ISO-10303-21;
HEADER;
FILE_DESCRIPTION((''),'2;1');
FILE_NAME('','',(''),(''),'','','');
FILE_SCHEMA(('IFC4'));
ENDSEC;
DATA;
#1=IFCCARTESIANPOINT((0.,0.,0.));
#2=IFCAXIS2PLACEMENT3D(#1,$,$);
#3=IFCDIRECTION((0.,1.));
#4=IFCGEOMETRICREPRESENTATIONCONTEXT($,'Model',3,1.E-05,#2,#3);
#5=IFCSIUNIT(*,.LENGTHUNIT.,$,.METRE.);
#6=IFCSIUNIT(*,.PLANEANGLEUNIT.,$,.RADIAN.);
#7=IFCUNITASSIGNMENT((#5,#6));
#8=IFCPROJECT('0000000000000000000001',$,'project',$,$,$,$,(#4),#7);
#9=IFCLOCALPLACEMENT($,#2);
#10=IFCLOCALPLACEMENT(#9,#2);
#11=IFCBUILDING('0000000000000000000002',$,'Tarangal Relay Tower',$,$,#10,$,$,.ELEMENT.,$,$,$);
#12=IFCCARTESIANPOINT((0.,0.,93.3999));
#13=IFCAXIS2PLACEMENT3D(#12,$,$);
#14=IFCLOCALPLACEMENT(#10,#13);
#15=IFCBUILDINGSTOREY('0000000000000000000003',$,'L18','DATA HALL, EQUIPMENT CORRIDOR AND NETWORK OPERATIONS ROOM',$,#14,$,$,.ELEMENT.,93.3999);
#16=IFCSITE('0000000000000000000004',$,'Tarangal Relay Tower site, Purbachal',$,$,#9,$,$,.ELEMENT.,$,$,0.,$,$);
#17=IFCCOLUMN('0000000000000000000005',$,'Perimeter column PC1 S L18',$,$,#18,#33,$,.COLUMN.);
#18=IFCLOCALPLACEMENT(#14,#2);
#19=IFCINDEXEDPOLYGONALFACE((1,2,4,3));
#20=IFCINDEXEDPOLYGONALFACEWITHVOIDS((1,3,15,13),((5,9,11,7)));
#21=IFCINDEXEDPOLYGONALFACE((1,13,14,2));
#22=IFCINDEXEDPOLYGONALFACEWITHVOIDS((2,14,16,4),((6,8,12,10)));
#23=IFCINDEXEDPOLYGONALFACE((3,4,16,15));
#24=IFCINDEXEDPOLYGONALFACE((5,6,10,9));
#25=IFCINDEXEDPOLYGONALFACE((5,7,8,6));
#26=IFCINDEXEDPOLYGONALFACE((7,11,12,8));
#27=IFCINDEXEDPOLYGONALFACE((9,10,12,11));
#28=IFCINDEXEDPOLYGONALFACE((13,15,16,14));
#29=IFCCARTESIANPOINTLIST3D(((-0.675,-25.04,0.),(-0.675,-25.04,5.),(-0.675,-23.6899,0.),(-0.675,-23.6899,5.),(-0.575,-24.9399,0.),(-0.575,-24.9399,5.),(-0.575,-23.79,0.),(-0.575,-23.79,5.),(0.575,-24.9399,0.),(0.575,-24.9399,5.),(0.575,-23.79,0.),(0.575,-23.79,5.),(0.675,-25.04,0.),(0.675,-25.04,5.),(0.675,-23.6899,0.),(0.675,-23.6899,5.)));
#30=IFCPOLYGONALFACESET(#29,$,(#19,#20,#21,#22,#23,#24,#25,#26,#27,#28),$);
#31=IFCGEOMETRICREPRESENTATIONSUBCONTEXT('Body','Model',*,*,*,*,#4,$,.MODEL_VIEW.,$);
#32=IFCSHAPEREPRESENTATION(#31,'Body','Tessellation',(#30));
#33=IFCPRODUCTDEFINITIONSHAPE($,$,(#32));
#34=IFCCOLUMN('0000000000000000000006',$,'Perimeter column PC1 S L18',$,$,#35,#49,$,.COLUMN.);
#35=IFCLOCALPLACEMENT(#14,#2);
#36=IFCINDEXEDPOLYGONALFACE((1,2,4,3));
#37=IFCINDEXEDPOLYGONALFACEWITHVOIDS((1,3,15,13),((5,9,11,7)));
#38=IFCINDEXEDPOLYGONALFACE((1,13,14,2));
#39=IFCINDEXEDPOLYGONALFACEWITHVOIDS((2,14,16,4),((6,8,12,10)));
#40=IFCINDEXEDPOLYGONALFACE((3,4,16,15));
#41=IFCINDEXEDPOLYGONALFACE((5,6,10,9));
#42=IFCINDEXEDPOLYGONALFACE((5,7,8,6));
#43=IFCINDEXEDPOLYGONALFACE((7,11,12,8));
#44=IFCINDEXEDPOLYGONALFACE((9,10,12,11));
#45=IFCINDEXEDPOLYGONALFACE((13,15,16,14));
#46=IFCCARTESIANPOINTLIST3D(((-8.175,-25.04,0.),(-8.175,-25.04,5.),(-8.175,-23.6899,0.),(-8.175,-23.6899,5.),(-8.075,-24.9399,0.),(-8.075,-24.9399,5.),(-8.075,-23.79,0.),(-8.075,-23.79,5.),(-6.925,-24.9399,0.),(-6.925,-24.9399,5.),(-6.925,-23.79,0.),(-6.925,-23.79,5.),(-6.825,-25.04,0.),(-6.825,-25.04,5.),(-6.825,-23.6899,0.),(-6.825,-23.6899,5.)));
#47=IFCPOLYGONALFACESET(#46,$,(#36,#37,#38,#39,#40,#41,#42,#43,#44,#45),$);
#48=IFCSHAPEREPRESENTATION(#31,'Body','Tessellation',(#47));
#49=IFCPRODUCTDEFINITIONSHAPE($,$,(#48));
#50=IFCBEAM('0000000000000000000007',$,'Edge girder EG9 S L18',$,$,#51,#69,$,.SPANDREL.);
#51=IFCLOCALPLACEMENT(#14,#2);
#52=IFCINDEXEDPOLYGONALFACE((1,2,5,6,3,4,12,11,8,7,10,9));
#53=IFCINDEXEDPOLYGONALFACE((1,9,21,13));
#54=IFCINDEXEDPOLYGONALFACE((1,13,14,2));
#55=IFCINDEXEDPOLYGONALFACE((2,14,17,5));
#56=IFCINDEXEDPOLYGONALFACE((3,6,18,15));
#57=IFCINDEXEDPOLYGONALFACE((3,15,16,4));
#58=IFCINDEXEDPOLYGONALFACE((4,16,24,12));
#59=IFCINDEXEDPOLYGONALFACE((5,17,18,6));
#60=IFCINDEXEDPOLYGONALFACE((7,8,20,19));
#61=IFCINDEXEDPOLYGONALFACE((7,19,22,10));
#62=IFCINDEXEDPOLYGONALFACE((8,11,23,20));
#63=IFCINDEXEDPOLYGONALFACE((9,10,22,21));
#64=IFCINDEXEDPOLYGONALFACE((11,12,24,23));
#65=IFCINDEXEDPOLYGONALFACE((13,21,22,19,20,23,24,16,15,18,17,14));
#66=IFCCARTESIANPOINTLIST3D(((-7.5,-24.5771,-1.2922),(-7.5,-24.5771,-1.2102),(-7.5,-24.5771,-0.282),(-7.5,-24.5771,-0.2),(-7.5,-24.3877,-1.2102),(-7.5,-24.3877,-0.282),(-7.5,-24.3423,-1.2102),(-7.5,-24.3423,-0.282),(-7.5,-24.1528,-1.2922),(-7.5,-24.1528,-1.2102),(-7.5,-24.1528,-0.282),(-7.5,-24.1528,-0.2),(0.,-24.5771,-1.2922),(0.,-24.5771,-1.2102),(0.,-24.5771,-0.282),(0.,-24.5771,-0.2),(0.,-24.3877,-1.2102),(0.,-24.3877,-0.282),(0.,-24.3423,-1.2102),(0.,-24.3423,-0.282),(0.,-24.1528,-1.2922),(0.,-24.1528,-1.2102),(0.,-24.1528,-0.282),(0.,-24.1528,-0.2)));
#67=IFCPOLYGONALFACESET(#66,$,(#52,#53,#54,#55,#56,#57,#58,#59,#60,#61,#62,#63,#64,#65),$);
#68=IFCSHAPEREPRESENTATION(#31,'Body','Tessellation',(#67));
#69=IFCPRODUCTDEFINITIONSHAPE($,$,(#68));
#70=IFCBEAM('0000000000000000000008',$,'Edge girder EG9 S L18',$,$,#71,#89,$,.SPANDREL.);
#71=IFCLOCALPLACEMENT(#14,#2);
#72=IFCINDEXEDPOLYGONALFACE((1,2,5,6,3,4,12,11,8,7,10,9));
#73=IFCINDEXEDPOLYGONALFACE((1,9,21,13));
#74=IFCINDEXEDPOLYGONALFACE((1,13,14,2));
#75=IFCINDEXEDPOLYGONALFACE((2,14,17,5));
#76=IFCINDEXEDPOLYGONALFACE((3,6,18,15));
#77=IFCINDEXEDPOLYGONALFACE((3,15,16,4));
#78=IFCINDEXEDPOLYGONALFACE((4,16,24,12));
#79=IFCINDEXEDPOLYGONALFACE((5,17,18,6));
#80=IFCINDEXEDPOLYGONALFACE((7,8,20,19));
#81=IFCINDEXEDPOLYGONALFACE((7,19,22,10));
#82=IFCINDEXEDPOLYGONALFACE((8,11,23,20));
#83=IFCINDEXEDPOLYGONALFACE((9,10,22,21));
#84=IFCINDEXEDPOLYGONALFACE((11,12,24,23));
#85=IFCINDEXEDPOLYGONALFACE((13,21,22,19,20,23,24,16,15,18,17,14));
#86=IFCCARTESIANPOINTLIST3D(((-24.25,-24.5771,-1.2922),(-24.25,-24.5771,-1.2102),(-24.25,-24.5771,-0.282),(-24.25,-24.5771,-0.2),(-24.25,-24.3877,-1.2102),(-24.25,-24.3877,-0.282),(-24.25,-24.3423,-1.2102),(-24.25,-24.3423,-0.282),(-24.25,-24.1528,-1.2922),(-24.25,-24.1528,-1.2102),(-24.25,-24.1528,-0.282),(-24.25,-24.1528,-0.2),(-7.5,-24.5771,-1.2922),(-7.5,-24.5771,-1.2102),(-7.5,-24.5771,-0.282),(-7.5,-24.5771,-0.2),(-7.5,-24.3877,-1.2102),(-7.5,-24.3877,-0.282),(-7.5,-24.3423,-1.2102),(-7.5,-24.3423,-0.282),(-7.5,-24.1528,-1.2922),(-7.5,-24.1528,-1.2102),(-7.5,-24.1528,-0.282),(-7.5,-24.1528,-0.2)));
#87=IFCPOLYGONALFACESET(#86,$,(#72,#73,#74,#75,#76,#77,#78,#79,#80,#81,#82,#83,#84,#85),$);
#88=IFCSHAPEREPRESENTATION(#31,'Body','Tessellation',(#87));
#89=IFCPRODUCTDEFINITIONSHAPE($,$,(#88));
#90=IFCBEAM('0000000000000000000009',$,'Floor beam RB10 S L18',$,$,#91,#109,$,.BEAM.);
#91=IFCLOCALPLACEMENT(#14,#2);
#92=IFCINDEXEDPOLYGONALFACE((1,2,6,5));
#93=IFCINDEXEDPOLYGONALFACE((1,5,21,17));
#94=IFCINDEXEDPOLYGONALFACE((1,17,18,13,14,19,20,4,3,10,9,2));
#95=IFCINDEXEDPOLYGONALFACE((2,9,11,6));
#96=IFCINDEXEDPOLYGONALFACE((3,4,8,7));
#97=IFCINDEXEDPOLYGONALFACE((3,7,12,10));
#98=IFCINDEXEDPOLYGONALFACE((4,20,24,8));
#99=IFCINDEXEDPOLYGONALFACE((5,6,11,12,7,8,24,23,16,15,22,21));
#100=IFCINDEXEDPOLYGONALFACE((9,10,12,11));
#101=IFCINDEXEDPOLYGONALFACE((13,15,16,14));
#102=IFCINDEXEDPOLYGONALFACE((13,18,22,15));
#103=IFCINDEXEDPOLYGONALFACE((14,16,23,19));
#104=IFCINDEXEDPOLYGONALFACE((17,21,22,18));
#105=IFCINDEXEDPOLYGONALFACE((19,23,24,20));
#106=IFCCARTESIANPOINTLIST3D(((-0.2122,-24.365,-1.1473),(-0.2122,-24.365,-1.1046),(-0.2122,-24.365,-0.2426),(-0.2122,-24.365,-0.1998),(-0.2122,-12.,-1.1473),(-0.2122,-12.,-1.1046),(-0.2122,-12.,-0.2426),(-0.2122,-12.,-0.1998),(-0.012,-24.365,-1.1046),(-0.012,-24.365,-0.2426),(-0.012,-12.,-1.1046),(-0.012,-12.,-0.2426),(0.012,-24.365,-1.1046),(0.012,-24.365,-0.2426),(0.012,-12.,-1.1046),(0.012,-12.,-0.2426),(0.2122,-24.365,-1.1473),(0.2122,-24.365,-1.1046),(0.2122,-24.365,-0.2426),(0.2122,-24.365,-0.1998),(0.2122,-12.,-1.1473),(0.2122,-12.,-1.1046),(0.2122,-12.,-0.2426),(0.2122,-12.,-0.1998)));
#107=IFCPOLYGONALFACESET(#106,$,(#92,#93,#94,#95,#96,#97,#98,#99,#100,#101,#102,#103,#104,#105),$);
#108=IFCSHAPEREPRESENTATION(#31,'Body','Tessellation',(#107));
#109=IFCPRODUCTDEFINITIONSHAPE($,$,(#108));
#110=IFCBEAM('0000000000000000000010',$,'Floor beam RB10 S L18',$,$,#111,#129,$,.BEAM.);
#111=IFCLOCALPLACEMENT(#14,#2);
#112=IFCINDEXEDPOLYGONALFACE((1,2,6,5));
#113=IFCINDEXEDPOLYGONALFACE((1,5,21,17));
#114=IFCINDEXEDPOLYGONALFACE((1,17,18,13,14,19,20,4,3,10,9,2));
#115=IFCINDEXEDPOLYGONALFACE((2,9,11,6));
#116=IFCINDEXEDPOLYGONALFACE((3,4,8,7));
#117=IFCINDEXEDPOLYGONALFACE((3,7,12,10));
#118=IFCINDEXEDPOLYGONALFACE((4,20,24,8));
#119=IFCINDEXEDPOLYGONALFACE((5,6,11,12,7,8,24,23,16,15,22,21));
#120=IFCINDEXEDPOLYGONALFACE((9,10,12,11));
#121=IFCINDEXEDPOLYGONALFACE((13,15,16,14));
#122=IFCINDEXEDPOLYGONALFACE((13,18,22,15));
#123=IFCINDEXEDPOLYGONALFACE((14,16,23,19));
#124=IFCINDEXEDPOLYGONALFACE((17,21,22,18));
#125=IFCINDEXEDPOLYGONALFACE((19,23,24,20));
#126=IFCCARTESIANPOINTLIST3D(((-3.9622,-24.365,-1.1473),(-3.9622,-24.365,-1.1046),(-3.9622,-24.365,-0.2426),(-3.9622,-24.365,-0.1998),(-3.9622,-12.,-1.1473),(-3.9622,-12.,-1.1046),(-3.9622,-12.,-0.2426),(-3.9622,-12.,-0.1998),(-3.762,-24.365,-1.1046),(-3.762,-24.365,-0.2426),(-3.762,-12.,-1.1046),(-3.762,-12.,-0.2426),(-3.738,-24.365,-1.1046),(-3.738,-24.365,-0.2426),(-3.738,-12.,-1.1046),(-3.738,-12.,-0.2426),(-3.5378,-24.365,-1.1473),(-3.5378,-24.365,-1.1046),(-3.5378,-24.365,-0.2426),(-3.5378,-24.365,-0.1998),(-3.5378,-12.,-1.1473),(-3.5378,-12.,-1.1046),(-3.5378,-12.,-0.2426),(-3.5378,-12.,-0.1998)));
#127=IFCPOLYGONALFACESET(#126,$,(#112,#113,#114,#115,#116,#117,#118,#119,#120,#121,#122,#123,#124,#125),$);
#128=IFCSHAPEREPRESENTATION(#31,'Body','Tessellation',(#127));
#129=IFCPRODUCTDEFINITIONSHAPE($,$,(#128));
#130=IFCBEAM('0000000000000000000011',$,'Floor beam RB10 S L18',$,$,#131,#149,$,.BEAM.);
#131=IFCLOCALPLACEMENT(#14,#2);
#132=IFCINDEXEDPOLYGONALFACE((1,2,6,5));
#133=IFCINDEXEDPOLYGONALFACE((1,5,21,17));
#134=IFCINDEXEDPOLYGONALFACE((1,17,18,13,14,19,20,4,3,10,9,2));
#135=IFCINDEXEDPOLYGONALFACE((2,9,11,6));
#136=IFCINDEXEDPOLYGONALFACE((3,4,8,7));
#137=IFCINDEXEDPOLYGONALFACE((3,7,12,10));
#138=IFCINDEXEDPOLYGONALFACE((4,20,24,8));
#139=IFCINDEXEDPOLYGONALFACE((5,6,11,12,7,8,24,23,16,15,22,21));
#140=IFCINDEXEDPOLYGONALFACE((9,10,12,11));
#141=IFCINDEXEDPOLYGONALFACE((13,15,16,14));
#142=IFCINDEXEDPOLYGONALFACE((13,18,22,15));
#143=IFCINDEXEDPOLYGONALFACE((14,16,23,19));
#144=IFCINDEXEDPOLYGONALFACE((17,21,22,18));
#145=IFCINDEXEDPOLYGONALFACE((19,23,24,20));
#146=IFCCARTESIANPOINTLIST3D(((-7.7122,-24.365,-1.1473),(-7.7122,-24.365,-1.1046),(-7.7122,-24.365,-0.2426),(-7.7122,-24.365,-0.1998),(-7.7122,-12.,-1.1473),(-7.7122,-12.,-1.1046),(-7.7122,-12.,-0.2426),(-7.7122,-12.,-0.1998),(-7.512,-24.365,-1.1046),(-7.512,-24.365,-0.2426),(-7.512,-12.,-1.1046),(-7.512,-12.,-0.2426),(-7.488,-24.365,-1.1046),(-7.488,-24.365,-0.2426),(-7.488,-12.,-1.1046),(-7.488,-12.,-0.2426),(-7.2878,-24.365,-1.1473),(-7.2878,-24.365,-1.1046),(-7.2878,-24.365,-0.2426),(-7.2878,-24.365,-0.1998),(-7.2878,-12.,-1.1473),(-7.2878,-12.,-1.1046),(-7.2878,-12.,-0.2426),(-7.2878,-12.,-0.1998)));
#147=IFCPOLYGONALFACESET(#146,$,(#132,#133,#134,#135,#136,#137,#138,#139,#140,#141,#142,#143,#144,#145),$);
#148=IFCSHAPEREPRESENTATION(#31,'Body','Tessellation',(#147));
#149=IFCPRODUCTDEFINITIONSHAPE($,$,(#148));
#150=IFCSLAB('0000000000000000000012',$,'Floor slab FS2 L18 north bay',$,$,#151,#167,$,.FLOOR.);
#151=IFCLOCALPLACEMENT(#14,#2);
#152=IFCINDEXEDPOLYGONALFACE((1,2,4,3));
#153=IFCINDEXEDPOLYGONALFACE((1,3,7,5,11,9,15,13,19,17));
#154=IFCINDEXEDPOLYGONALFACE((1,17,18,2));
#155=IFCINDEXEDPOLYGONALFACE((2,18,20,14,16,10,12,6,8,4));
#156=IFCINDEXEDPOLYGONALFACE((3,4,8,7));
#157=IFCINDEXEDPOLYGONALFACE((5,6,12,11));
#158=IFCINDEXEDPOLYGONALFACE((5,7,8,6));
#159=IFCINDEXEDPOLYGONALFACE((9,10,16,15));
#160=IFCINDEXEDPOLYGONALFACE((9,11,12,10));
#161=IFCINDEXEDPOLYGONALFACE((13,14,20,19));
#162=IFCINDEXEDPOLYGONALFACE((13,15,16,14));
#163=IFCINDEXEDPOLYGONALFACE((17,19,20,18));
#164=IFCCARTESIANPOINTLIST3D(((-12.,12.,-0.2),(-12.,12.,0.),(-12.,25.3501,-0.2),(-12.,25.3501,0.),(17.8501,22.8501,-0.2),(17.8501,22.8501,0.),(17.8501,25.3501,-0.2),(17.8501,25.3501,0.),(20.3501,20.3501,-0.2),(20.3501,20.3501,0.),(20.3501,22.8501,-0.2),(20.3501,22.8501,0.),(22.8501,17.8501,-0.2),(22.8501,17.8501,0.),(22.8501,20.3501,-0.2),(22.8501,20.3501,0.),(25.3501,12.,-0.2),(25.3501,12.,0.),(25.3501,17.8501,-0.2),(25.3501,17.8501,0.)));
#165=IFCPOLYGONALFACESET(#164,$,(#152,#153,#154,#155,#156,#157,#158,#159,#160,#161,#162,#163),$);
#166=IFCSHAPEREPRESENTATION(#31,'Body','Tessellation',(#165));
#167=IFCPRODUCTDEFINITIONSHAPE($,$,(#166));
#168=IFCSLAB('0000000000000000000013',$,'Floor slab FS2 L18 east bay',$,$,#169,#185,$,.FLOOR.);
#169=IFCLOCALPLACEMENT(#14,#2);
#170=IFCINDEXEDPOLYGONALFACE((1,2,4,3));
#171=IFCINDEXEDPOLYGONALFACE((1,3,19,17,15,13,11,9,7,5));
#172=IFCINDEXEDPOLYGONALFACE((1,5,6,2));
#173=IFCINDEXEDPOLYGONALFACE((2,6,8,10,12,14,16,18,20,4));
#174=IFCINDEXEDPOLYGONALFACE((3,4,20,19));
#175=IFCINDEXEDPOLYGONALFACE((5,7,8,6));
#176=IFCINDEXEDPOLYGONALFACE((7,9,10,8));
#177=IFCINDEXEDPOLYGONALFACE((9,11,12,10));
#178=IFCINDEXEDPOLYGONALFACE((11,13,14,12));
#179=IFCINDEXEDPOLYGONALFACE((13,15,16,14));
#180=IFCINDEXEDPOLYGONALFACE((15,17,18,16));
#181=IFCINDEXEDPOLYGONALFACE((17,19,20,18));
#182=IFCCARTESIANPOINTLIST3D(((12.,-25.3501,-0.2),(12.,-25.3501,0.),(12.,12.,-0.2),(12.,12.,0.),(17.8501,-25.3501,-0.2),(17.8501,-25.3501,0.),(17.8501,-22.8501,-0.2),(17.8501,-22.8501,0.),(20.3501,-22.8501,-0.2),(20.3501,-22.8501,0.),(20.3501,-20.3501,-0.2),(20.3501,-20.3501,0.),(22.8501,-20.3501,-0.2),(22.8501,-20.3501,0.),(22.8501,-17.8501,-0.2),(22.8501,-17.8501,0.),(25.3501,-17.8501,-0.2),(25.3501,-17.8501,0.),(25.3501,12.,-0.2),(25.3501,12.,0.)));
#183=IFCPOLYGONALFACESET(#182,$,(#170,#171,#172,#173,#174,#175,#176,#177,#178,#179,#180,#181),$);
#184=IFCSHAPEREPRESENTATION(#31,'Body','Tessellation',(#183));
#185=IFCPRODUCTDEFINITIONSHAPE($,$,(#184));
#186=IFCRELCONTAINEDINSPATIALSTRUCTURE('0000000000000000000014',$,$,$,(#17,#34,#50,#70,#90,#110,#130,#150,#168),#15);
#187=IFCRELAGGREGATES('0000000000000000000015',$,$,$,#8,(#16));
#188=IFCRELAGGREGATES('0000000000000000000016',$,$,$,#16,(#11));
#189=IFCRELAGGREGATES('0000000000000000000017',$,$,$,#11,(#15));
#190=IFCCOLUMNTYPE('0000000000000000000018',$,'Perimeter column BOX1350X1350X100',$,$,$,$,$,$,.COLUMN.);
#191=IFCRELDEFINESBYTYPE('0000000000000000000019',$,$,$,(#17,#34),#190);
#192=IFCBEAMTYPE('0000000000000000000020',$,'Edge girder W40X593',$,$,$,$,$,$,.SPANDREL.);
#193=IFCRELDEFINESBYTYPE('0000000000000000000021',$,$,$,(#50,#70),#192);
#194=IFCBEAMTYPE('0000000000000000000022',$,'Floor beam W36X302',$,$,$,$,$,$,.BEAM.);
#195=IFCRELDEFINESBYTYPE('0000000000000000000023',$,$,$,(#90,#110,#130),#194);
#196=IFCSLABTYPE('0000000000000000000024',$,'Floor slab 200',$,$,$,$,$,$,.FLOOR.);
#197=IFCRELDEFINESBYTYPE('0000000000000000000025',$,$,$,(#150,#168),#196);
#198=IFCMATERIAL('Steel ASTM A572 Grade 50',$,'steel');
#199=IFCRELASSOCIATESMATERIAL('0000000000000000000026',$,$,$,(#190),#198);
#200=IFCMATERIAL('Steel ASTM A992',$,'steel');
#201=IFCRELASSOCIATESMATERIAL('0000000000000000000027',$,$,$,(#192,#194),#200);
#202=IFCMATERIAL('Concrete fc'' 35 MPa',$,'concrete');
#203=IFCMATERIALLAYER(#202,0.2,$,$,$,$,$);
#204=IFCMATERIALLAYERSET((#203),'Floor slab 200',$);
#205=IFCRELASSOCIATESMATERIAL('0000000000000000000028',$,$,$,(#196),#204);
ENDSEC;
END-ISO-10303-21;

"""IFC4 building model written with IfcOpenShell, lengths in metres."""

from ifc_helpers import new_model, si_unit, direction, frame, origin, origin_2d, place, context, subcontext, project, spatial, polyline, hollow_rectangle, i_section, outline, extrude, material, layer, layer_set, material_profile, profile_set, type_object, element, save


model = new_model("IFC4")

# Units and contexts
model_context = context("Model", 3, precision=1e-05, world=origin(), true_north=direction((0.0, 1.0)))
body_context = subcontext(model_context, "Body", "Model", "MODEL_VIEW")
ifc_project = project(units=[si_unit("LENGTHUNIT", "METRE"), si_unit("PLANEANGLEUNIT", "RADIAN")], contexts=[model_context])

# Site, building, storey
site_placement = place(None, origin())
site = spatial("IfcSite", under=ifc_project, at=site_placement, Name="Tarangal Relay Tower site, Purbachal", CompositionType="ELEMENT", RefElevation=0.0)
building_placement = place(site_placement, origin())
building = spatial("IfcBuilding", under=site, at=building_placement, Name="Tarangal Relay Tower", CompositionType="ELEMENT")
storey_placement = place(building_placement, frame((0.0, 0.0, 93.3999)))
storey = spatial("IfcBuildingStorey", under=building, at=storey_placement, Name="L18", Description="DATA HALL, EQUIPMENT CORRIDOR AND NETWORK OPERATIONS ROOM", CompositionType="ELEMENT", Elevation=93.3999)

# Columns
ifc_material_1 = material(Name="Steel ASTM A572 Grade 50", Category="steel")
ifc_material_profile_1 = material_profile(ifc_material_1, hollow_rectangle(XDim=1.3501, YDim=1.3501, WallThickness=0.1001, at=origin_2d()), Name="BOX1350X1350X100")
ifc_profile_set_1 = profile_set([ifc_material_profile_1], Name="Steel ASTM A572 Grade 50")
column_type = type_object("IfcColumnType", Name="Perimeter column BOX1350X1350X100", PredefinedType="COLUMN", material=ifc_profile_set_1)
for number, where, z_axis, x_axis, name in (
    (1, (0.0, -24.365, 0.0), (0.0, 0.0, 1.0), (1.0, 0.0, 0.0), "Perimeter column PC1 S L18"),
    (2, (-7.5, -24.365, 0.0), (0.0, 0.0, 1.0), (1.0, 0.0, 0.0), "Perimeter column PC1 S L18"),
):
    element("IfcColumn", number, at=place(storey_placement, frame(where, z_axis=z_axis, x_axis=x_axis)), inside=storey, type_object=column_type, Name=name, PredefinedType="COLUMN", context=body_context, shape_type="SweptSolid", body=[
        extrude(hollow_rectangle(XDim=1.3501, YDim=1.3501, WallThickness=0.1001, at=origin_2d()), origin(), (0.0, 0.0, 1.0), 5.0),
    ])

# Beams
ifc_material_2 = material(Name="Steel ASTM A992", Category="steel")
ifc_material_profile_2 = material_profile(ifc_material_2, i_section(OverallWidth=0.4243, OverallDepth=1.0923, WebThickness=0.0454, FlangeThickness=0.082, at=origin_2d()), Name="W40X593")
ifc_profile_set_2 = profile_set([ifc_material_profile_2], Name="Steel ASTM A992")
beam_type_1 = type_object("IfcBeamType", Name="Edge girder W40X593", PredefinedType="SPANDREL", material=ifc_profile_set_2)
beam_1_placement = place(storey_placement, frame((0.0, -24.365, -0.7461), z_axis=(-1.0, 0.0, 0.0), x_axis=(0.0, -1.0, 0.0)))
element("IfcBeam", 3, at=beam_1_placement, inside=storey, type_object=beam_type_1, Name="Edge girder EG9 S L18", PredefinedType="SPANDREL", context=body_context, shape_type="SweptSolid", body=[
    extrude(i_section(OverallWidth=0.4243, OverallDepth=1.0923, WebThickness=0.0454, FlangeThickness=0.082, at=origin_2d()), origin(), (0.0, 0.0, 1.0), 7.5),
])
beam_2_placement = place(storey_placement, frame((-7.5, -24.365, -0.7461), z_axis=(-1.0, 0.0, 0.0), x_axis=(0.0, -1.0, 0.0)))
element("IfcBeam", 4, at=beam_2_placement, inside=storey, type_object=beam_type_1, Name="Edge girder EG9 S L18", PredefinedType="SPANDREL", context=body_context, shape_type="SweptSolid", body=[
    extrude(i_section(OverallWidth=0.4243, OverallDepth=1.0923, WebThickness=0.0454, FlangeThickness=0.082, at=origin_2d()), origin(), (0.0, 0.0, 1.0), 16.75),
])
ifc_material_profile_3 = material_profile(ifc_material_2, i_section(OverallWidth=0.4243, OverallDepth=0.9475, WebThickness=0.0239, FlangeThickness=0.0427, at=origin_2d()), Name="W36X302")
ifc_profile_set_3 = profile_set([ifc_material_profile_3], Name="Steel ASTM A992")
beam_type_2 = type_object("IfcBeamType", Name="Floor beam W36X302", PredefinedType="BEAM", material=ifc_profile_set_3)
for number, where, z_axis, x_axis, name in (
    (5, (0.0, -12.0, -0.6736), (0.0, -1.0, 0.0), (1.0, 0.0, 0.0), "Floor beam RB10 S L18"),
    (6, (-3.75, -12.0, -0.6736), (0.0, -1.0, 0.0), (1.0, 0.0, 0.0), "Floor beam RB10 S L18"),
    (7, (-7.5, -12.0, -0.6736), (0.0, -1.0, 0.0), (1.0, 0.0, 0.0), "Floor beam RB10 S L18"),
):
    element("IfcBeam", number, at=place(storey_placement, frame(where, z_axis=z_axis, x_axis=x_axis)), inside=storey, type_object=beam_type_2, Name=name, PredefinedType="BEAM", context=body_context, shape_type="SweptSolid", body=[
        extrude(i_section(OverallWidth=0.4243, OverallDepth=0.9475, WebThickness=0.0239, FlangeThickness=0.0427, at=origin_2d()), origin(), (0.0, 0.0, 1.0), 12.365),
    ])

# Slabs
ifc_material_3 = material(Name="Concrete fc' 35 MPa", Category="concrete")
ifc_layer_1 = layer(ifc_material_3, 0.2)
ifc_layer_set_1 = layer_set([ifc_layer_1], Name="Floor slab 200")
slab_type = type_object("IfcSlabType", Name="Floor slab 200", PredefinedType="FLOOR", material=ifc_layer_set_1)
slab_1_placement = place(storey_placement, frame((0.0, 0.0, -0.2)))
element("IfcSlab", 8, at=slab_1_placement, inside=storey, type_object=slab_type, Name="Floor slab FS2 L18 north bay", PredefinedType="FLOOR", context=body_context, shape_type="SweptSolid", body=[
    extrude(outline(polyline([(17.8501, 25.3501), (17.8501, 22.8501), (20.3501, 22.8501), (20.3501, 20.3501), (22.8501, 20.3501), (22.8501, 17.8501), (25.3501, 17.8501), (25.3501, 12.0), (-12.0, 12.0), (-12.0, 25.3501), (17.8501, 25.3501)])), origin(), (0.0, 0.0, 1.0), 0.2),
])
slab_2_placement = place(storey_placement, frame((0.0, 0.0, -0.2)))
element("IfcSlab", 9, at=slab_2_placement, inside=storey, type_object=slab_type, Name="Floor slab FS2 L18 east bay", PredefinedType="FLOOR", context=body_context, shape_type="SweptSolid", body=[
    extrude(outline(polyline([(25.3501, -17.8501), (22.8501, -17.8501), (22.8501, -20.3501), (20.3501, -20.3501), (20.3501, -22.8501), (17.8501, -22.8501), (17.8501, -25.3501), (12.0, -25.3501), (12.0, 12.0), (25.3501, 12.0), (25.3501, -17.8501)])), origin(), (0.0, 0.0, 1.0), 0.2),
])

save(model, "model.ifc")
